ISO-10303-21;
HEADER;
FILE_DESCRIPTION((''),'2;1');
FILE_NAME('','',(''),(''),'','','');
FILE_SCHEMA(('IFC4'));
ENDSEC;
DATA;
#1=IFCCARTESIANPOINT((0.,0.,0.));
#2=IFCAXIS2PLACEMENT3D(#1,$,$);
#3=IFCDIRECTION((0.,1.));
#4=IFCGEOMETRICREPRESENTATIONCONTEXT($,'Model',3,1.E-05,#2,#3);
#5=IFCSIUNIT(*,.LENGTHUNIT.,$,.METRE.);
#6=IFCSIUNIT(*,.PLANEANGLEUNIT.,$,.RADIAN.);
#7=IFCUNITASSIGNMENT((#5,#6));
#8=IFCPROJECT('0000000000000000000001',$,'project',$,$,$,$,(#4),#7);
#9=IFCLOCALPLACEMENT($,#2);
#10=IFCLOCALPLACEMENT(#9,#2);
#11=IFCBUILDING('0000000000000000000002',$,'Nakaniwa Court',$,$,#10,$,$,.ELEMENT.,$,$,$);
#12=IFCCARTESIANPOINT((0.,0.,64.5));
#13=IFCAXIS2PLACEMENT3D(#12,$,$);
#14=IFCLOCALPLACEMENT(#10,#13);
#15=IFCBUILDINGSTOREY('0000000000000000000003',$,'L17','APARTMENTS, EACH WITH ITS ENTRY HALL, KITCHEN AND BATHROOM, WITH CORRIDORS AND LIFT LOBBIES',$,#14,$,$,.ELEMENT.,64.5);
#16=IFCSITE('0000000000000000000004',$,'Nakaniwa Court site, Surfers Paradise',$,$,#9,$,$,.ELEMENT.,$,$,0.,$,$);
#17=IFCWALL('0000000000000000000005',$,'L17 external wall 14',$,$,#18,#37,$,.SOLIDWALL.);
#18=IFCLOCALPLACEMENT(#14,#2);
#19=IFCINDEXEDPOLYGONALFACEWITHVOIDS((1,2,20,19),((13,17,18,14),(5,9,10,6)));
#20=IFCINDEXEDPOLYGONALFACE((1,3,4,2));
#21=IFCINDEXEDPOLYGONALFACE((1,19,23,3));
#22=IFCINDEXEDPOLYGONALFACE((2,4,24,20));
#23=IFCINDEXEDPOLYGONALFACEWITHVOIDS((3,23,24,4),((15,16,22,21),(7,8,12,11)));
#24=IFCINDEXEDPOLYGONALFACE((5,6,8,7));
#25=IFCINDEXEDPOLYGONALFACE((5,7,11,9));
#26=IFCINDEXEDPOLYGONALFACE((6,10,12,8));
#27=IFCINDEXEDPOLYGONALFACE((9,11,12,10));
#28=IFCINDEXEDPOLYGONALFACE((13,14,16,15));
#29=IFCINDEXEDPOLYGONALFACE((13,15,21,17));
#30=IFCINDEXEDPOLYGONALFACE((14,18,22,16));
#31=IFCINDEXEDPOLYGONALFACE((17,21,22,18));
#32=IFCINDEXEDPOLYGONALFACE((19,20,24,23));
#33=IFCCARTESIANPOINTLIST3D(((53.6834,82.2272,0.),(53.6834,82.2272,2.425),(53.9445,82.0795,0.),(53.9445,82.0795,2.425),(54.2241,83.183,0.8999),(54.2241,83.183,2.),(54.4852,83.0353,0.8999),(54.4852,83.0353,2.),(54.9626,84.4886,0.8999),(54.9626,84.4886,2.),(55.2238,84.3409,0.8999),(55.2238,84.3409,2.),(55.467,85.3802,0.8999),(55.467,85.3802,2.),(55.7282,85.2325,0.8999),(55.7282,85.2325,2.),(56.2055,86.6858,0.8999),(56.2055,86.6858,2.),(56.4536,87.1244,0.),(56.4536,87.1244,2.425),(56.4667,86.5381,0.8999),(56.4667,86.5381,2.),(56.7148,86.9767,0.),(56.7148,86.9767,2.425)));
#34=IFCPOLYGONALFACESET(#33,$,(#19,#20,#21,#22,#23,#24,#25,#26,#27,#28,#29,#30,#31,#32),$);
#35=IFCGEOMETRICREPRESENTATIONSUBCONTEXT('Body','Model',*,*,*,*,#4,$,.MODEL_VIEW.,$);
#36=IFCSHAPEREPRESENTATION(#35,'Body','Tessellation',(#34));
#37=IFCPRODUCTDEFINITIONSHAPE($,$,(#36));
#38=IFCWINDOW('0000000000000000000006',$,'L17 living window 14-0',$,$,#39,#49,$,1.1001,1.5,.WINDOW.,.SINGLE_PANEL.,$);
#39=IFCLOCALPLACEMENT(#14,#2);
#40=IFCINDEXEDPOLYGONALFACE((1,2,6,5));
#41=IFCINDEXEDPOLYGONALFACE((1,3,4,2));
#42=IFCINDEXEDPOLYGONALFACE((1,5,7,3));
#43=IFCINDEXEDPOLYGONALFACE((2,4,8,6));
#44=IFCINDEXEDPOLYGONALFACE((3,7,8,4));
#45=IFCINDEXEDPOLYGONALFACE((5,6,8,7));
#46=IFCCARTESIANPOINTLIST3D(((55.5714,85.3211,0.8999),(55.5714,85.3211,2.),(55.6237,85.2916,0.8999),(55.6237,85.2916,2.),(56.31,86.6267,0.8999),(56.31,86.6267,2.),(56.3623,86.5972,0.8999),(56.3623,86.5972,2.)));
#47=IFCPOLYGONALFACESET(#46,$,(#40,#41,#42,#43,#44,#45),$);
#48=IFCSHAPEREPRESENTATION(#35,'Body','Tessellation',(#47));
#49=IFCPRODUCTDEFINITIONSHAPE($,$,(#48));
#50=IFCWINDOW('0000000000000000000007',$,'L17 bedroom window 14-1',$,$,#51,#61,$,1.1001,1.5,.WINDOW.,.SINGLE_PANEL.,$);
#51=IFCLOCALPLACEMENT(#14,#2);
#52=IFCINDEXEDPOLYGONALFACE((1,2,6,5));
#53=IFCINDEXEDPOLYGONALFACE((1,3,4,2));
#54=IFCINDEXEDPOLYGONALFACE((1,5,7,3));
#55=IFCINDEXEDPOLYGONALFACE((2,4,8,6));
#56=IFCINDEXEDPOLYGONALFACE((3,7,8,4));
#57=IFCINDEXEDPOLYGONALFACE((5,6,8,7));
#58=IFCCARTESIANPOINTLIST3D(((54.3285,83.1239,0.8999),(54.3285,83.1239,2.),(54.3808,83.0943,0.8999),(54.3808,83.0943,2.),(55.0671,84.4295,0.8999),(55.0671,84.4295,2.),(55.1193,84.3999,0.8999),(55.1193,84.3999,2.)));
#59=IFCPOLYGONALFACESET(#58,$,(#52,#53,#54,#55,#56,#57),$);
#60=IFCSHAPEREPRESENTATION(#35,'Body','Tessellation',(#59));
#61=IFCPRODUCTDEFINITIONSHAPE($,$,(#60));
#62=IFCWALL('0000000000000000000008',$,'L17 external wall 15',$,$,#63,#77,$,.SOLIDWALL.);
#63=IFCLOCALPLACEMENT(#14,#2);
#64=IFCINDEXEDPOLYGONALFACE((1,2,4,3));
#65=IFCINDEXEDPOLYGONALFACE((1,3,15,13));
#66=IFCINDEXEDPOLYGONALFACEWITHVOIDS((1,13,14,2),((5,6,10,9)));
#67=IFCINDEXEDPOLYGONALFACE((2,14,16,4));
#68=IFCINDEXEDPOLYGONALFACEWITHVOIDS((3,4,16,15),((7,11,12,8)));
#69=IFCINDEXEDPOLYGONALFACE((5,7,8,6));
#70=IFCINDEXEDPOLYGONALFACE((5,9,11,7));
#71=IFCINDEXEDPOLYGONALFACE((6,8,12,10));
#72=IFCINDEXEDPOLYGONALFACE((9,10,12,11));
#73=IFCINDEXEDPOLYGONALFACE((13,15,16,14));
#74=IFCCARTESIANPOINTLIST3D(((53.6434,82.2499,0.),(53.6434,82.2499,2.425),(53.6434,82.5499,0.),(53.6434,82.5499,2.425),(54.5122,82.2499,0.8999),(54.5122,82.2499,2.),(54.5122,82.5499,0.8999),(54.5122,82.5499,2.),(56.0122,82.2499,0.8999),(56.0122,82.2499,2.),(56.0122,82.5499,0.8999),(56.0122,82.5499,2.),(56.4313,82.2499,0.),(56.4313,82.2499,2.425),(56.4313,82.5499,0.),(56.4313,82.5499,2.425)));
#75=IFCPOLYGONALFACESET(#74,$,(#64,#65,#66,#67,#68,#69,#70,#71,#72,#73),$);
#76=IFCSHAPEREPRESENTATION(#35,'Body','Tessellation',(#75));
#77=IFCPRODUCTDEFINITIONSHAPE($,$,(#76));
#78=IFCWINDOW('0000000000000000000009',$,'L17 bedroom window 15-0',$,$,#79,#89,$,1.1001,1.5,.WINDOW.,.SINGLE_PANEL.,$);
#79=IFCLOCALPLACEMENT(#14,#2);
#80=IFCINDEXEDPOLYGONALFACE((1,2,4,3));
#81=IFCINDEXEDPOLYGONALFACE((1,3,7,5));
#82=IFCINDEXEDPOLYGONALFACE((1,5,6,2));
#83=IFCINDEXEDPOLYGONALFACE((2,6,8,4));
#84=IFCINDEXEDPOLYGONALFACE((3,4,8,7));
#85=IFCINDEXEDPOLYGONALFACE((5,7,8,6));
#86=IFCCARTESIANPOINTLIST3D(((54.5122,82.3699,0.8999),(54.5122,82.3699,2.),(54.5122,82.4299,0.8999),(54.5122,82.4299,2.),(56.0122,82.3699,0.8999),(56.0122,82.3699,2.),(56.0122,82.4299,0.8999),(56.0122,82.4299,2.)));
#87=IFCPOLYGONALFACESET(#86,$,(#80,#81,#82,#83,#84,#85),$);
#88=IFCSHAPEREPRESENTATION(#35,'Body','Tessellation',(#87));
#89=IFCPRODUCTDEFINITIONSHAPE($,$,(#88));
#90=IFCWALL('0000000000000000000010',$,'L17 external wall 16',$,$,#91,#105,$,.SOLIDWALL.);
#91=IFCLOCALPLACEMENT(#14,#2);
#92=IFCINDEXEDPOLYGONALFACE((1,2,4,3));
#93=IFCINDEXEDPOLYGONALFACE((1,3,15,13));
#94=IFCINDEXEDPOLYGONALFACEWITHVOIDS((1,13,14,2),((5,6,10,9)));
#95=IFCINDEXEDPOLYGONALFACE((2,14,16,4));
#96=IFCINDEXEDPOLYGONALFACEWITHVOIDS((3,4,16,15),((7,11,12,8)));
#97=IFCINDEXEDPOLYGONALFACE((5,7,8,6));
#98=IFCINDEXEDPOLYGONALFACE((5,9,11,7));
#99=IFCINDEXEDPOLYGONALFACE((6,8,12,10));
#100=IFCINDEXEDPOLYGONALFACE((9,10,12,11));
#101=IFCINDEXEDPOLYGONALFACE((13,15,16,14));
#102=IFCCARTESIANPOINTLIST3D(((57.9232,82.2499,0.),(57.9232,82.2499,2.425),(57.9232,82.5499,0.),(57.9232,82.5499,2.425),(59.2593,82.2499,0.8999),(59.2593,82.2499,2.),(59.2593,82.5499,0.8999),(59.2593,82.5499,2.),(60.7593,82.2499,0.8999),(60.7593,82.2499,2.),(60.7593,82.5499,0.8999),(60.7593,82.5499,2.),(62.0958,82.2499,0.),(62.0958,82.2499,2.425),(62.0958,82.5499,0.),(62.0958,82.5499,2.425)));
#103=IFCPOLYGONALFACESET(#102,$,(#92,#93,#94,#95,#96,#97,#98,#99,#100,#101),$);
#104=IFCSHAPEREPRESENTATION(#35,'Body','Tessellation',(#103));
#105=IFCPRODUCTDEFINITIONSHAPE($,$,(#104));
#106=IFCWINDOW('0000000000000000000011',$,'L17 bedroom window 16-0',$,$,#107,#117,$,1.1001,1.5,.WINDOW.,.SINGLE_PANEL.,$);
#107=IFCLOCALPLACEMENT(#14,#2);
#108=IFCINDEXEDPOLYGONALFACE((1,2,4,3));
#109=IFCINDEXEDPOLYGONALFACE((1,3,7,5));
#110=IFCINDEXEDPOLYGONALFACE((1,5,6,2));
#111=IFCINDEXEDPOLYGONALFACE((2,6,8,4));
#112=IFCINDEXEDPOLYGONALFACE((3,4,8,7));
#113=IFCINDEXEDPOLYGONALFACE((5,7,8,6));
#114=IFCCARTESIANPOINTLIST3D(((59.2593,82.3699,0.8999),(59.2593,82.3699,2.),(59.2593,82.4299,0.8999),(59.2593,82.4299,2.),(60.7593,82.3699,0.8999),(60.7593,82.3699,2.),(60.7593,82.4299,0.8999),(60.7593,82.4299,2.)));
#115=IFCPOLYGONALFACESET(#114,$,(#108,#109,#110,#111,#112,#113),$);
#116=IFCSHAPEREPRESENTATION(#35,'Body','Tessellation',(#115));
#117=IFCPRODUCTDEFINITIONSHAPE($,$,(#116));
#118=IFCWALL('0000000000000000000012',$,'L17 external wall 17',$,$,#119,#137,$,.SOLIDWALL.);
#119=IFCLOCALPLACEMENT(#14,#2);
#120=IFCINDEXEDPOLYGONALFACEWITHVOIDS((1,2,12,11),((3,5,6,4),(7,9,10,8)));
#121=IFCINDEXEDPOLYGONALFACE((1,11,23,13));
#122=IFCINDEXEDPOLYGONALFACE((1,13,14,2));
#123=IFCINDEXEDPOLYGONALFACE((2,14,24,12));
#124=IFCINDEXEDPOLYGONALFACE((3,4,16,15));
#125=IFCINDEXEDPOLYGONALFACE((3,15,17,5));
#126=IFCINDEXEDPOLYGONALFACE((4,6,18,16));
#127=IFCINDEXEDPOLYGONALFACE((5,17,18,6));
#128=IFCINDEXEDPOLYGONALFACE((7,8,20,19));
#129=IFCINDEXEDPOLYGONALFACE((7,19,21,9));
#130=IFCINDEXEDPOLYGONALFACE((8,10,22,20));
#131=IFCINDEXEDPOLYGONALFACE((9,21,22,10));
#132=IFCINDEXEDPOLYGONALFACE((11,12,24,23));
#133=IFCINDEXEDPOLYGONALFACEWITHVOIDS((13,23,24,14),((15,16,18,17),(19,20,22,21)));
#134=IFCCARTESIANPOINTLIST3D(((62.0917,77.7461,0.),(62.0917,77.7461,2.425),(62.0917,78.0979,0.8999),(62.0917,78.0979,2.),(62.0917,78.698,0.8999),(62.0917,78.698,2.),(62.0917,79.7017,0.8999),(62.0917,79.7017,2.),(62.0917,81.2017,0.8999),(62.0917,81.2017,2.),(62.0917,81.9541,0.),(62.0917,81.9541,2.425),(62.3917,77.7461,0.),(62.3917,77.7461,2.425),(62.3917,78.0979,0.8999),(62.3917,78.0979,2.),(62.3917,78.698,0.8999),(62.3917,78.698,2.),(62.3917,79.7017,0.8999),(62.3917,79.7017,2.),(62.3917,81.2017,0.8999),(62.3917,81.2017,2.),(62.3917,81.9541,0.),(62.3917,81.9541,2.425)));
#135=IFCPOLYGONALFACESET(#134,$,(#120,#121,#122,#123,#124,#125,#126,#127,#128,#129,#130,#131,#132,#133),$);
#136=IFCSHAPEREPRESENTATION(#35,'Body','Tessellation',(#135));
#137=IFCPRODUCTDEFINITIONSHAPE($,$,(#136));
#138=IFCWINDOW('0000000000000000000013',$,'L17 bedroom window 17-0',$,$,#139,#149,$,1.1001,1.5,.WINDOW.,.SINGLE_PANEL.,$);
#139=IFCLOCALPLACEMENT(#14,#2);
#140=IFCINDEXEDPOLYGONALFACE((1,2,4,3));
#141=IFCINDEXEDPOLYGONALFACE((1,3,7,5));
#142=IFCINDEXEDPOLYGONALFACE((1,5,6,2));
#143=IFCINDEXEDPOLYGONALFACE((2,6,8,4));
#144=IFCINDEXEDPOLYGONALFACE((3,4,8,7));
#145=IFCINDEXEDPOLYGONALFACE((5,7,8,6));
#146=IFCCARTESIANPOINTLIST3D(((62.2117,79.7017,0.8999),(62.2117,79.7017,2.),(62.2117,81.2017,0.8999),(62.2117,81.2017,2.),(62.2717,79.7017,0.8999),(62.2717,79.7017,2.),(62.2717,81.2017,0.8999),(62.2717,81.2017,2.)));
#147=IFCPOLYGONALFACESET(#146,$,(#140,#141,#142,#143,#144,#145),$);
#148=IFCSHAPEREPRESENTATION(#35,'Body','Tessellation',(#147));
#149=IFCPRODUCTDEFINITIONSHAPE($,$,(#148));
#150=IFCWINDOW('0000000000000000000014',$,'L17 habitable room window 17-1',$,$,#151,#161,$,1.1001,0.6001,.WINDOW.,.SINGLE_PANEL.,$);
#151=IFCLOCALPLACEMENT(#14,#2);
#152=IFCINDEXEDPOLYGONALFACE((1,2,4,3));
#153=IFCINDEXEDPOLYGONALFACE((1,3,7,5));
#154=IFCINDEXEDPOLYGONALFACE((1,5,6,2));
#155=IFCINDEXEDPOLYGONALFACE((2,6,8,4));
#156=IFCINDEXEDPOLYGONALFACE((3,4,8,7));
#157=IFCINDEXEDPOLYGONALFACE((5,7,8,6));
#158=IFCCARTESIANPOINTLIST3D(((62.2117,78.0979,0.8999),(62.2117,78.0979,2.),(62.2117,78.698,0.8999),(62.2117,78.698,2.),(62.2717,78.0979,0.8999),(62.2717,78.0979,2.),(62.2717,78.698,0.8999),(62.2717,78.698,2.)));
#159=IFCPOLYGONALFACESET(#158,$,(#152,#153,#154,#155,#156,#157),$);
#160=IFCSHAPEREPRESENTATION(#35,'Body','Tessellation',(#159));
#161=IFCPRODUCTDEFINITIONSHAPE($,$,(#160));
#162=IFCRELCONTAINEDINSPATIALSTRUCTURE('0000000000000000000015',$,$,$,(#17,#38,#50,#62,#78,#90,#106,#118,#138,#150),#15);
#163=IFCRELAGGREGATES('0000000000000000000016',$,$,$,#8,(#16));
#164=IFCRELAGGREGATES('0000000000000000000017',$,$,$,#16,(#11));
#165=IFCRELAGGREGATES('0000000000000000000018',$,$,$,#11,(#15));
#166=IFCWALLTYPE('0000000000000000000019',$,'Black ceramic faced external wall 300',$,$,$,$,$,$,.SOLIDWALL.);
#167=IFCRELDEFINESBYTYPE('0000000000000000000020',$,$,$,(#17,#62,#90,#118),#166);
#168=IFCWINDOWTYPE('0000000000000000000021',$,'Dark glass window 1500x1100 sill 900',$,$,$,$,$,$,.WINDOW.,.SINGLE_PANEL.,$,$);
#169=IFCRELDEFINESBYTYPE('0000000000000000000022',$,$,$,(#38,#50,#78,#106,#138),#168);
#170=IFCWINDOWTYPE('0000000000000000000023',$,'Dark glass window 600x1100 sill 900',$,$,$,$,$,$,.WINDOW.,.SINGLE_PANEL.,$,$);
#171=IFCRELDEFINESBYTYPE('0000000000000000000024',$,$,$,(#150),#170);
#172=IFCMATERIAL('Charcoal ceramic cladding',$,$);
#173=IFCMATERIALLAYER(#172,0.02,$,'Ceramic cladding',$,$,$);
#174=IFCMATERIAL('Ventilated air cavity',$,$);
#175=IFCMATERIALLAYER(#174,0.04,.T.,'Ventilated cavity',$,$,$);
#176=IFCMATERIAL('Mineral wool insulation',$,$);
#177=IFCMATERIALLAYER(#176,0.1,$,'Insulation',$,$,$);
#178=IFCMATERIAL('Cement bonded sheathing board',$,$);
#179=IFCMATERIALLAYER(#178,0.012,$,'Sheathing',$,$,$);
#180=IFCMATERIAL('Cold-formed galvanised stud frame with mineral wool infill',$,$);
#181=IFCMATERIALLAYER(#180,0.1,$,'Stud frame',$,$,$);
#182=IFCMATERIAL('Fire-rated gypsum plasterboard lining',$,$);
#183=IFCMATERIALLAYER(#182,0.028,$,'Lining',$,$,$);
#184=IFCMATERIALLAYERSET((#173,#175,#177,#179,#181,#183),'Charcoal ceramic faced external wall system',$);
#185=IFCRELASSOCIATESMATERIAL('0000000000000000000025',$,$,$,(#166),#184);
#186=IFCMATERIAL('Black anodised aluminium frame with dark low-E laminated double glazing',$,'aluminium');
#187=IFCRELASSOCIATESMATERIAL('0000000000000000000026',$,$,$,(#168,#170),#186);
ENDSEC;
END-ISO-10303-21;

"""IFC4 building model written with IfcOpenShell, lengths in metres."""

from ifc_helpers import new_model, si_unit, direction, frame, frame_2d, origin, place, context, subcontext, project, spatial, rectangle, extrude, material, layer, layer_set, type_object, element, fill, save


model = new_model("IFC4")

# Units and contexts
model_context = context("Model", 3, precision=1e-05, world=origin(), true_north=direction((0.0, 1.0)))
body_context = subcontext(model_context, "Body", "Model", "MODEL_VIEW")
ifc_project = project(units=[si_unit("LENGTHUNIT", "METRE"), si_unit("PLANEANGLEUNIT", "RADIAN")], contexts=[model_context])

# Site, building, storey
site_placement = place(None, origin())
site = spatial("IfcSite", under=ifc_project, at=site_placement, Name="Nakaniwa Court site, Surfers Paradise", CompositionType="ELEMENT", RefElevation=0.0)
building_placement = place(site_placement, origin())
building = spatial("IfcBuilding", under=site, at=building_placement, Name="Nakaniwa Court", CompositionType="ELEMENT")
storey_placement = place(building_placement, frame((0.0, 0.0, 64.5)))
storey = spatial("IfcBuildingStorey", under=building, at=storey_placement, Name="L17", Description="APARTMENTS, EACH WITH ITS ENTRY HALL, KITCHEN AND BATHROOM, WITH CORRIDORS AND LIFT LOBBIES", CompositionType="ELEMENT", Elevation=64.5)

# Wall, openings, windows
ifc_material_1 = material(Name="Charcoal ceramic cladding")
ifc_layer_1 = layer(ifc_material_1, 0.02, Name="Ceramic cladding")
ifc_material_2 = material(Name="Ventilated air cavity")
ifc_layer_2 = layer(ifc_material_2, 0.04, ventilated=True, Name="Ventilated cavity")
ifc_material_3 = material(Name="Mineral wool insulation")
ifc_layer_3 = layer(ifc_material_3, 0.1, Name="Insulation")
ifc_material_4 = material(Name="Cement bonded sheathing board")
ifc_layer_4 = layer(ifc_material_4, 0.012, Name="Sheathing")
ifc_material_5 = material(Name="Cold-formed galvanised stud frame with mineral wool infill")
ifc_layer_5 = layer(ifc_material_5, 0.1, Name="Stud frame")
ifc_material_6 = material(Name="Fire-rated gypsum plasterboard lining")
ifc_layer_6 = layer(ifc_material_6, 0.028, Name="Lining")
ifc_layer_set_1 = layer_set([ifc_layer_1, ifc_layer_2, ifc_layer_3, ifc_layer_4, ifc_layer_5, ifc_layer_6], Name="Charcoal ceramic faced external wall system")
wall_type_1 = type_object("IfcWallType", Name="Black ceramic faced external wall 300", PredefinedType="SOLIDWALL", material=ifc_layer_set_1)
wall_1_placement = place(storey_placement, frame((56.5842, 87.0505, 0.0), z_axis=(0.0, 0.0, 1.0), x_axis=(-0.492363, -0.87039, 0.0)))
wall_1 = element("IfcWall", 1, at=wall_1_placement, inside=storey, type_object=wall_type_1, Name="L17 external wall 14", PredefinedType="SOLIDWALL", context=body_context, shape_type="SweptSolid", body=[
    extrude(rectangle(XDim=5.6265, YDim=0.3, at=frame_2d((2.8132, 0.0))), origin(), (0.0, 0.0, 1.0), 2.425),
])
opening_1_placement = place(wall_1_placement, frame((0.5039, 0.0, 0.8999)))
opening_1 = element("IfcOpeningElement", 2, at=opening_1_placement, cuts=wall_1, PredefinedType="OPENING", context=body_context, shape_type="SweptSolid", body=[
    extrude(rectangle(XDim=1.5, YDim=1.1001, at=frame_2d((0.75, 0.55))), frame((0.0, 0.1599, 0.0), z_axis=(0.0, -1.0, 0.0), x_axis=(1.0, 0.0, 0.0)), (0.0, 0.0, 1.0), 0.3201),
])
opening_2_placement = place(wall_1_placement, frame((3.0283, 0.0, 0.8999)))
opening_2 = element("IfcOpeningElement", 3, at=opening_2_placement, cuts=wall_1, PredefinedType="OPENING", context=body_context, shape_type="SweptSolid", body=[
    extrude(rectangle(XDim=1.5, YDim=1.1001, at=frame_2d((0.75, 0.55))), frame((0.0, 0.1599, 0.0), z_axis=(0.0, -1.0, 0.0), x_axis=(1.0, 0.0, 0.0)), (0.0, 0.0, 1.0), 0.3201),
])
ifc_material_7 = material(Name="Black anodised aluminium frame with dark low-E laminated double glazing", Category="aluminium")
window_type_1 = type_object("IfcWindowType", Name="Dark glass window 1500x1100 sill 900", PartitioningType="SINGLE_PANEL", PredefinedType="WINDOW", material=ifc_material_7)
window_1_placement = place(opening_1_placement, origin())
window_1 = element("IfcWindow", 4, at=window_1_placement, inside=storey, type_object=window_type_1, Name="L17 living window 14-0", OverallHeight=1.1001, OverallWidth=1.5, PartitioningType="SINGLE_PANEL", PredefinedType="WINDOW", context=body_context, shape_type="SweptSolid", body=[
    extrude(rectangle(XDim=1.5, YDim=1.1001, at=frame_2d((0.75, 0.55))), frame((0.0, 0.03, 0.0), z_axis=(0.0, -1.0, 0.0), x_axis=(1.0, 0.0, 0.0)), (0.0, 0.0, 1.0), 0.0601),
])
fill(opening_1, window_1)
window_2_placement = place(opening_2_placement, origin())
window_2 = element("IfcWindow", 5, at=window_2_placement, inside=storey, type_object=window_type_1, Name="L17 bedroom window 14-1", OverallHeight=1.1001, OverallWidth=1.5, PartitioningType="SINGLE_PANEL", PredefinedType="WINDOW", context=body_context, shape_type="SweptSolid", body=[
    extrude(rectangle(XDim=1.5, YDim=1.1001, at=frame_2d((0.75, 0.55))), frame((0.0, 0.03, 0.0), z_axis=(0.0, -1.0, 0.0), x_axis=(1.0, 0.0, 0.0)), (0.0, 0.0, 1.0), 0.0601),
])
fill(opening_2, window_2)

# Walls, openings, windows
wall_2_placement = place(storey_placement, frame((53.6433, 82.3999, 0.0), z_axis=(0.0, 0.0, 1.0), x_axis=(1.0, 0.0, 0.0)))
wall_2 = element("IfcWall", 6, at=wall_2_placement, inside=storey, type_object=wall_type_1, Name="L17 external wall 15", PredefinedType="SOLIDWALL", context=body_context, shape_type="SweptSolid", body=[
    extrude(rectangle(XDim=2.7878, YDim=0.3, at=frame_2d((1.394, 0.0))), origin(), (0.0, 0.0, 1.0), 2.425),
])
opening_3_placement = place(wall_2_placement, frame((0.8689, 0.0, 0.8999)))
opening_3 = element("IfcOpeningElement", 7, at=opening_3_placement, cuts=wall_2, PredefinedType="OPENING", context=body_context, shape_type="SweptSolid", body=[
    extrude(rectangle(XDim=1.5, YDim=1.1001, at=frame_2d((0.75, 0.55))), frame((0.0, 0.1599, 0.0), z_axis=(0.0, -1.0, 0.0), x_axis=(1.0, 0.0, 0.0)), (0.0, 0.0, 1.0), 0.3201),
])
window_3_placement = place(opening_3_placement, origin())
window_3 = element("IfcWindow", 8, at=window_3_placement, inside=storey, type_object=window_type_1, Name="L17 bedroom window 15-0", OverallHeight=1.1001, OverallWidth=1.5, PartitioningType="SINGLE_PANEL", PredefinedType="WINDOW", context=body_context, shape_type="SweptSolid", body=[
    extrude(rectangle(XDim=1.5, YDim=1.1001, at=frame_2d((0.75, 0.55))), frame((0.0, 0.03, 0.0), z_axis=(0.0, -1.0, 0.0), x_axis=(1.0, 0.0, 0.0)), (0.0, 0.0, 1.0), 0.0601),
])
fill(opening_3, window_3)
wall_3_placement = place(storey_placement, frame((57.9231, 82.3999, 0.0), z_axis=(0.0, 0.0, 1.0), x_axis=(1.0, 0.0, 0.0)))
wall_3 = element("IfcWall", 9, at=wall_3_placement, inside=storey, type_object=wall_type_1, Name="L17 external wall 16", PredefinedType="SOLIDWALL", context=body_context, shape_type="SweptSolid", body=[
    extrude(rectangle(XDim=4.1726, YDim=0.3, at=frame_2d((2.0864, 0.0))), origin(), (0.0, 0.0, 1.0), 2.425),
])
opening_4_placement = place(wall_3_placement, frame((1.3362, 0.0, 0.8999)))
opening_4 = element("IfcOpeningElement", 10, at=opening_4_placement, cuts=wall_3, PredefinedType="OPENING", context=body_context, shape_type="SweptSolid", body=[
    extrude(rectangle(XDim=1.5, YDim=1.1001, at=frame_2d((0.75, 0.55))), frame((0.0, 0.1599, 0.0), z_axis=(0.0, -1.0, 0.0), x_axis=(1.0, 0.0, 0.0)), (0.0, 0.0, 1.0), 0.3201),
])
window_4_placement = place(opening_4_placement, origin())
window_4 = element("IfcWindow", 11, at=window_4_placement, inside=storey, type_object=window_type_1, Name="L17 bedroom window 16-0", OverallHeight=1.1001, OverallWidth=1.5, PartitioningType="SINGLE_PANEL", PredefinedType="WINDOW", context=body_context, shape_type="SweptSolid", body=[
    extrude(rectangle(XDim=1.5, YDim=1.1001, at=frame_2d((0.75, 0.55))), frame((0.0, 0.03, 0.0), z_axis=(0.0, -1.0, 0.0), x_axis=(1.0, 0.0, 0.0)), (0.0, 0.0, 1.0), 0.0601),
])
fill(opening_4, window_4)

# Wall, openings, windows
wall_4_placement = place(storey_placement, frame((62.2417, 81.9541, 0.0), z_axis=(0.0, 0.0, 1.0), x_axis=(0.0, -1.0, 0.0)))
wall_4 = element("IfcWall", 12, at=wall_4_placement, inside=storey, type_object=wall_type_1, Name="L17 external wall 17", PredefinedType="SOLIDWALL", context=body_context, shape_type="SweptSolid", body=[
    extrude(rectangle(XDim=4.208, YDim=0.3, at=frame_2d((2.104, 0.0))), origin(), (0.0, 0.0, 1.0), 2.425),
])
opening_5_placement = place(wall_4_placement, frame((0.7524, 0.0, 0.8999)))
opening_5 = element("IfcOpeningElement", 13, at=opening_5_placement, cuts=wall_4, PredefinedType="OPENING", context=body_context, shape_type="SweptSolid", body=[
    extrude(rectangle(XDim=1.5, YDim=1.1001, at=frame_2d((0.75, 0.55))), frame((0.0, 0.1599, 0.0), z_axis=(0.0, -1.0, 0.0), x_axis=(1.0, 0.0, 0.0)), (0.0, 0.0, 1.0), 0.3201),
])
opening_6_placement = place(wall_4_placement, frame((3.2561, 0.0, 0.8999)))
opening_6 = element("IfcOpeningElement", 14, at=opening_6_placement, cuts=wall_4, PredefinedType="OPENING", context=body_context, shape_type="SweptSolid", body=[
    extrude(rectangle(XDim=0.6001, YDim=1.1001, at=frame_2d((0.3, 0.55))), frame((0.0, 0.1599, 0.0), z_axis=(0.0, -1.0, 0.0), x_axis=(1.0, 0.0, 0.0)), (0.0, 0.0, 1.0), 0.3201),
])
window_5_placement = place(opening_5_placement, origin())
window_5 = element("IfcWindow", 15, at=window_5_placement, inside=storey, type_object=window_type_1, Name="L17 bedroom window 17-0", OverallHeight=1.1001, OverallWidth=1.5, PartitioningType="SINGLE_PANEL", PredefinedType="WINDOW", context=body_context, shape_type="SweptSolid", body=[
    extrude(rectangle(XDim=1.5, YDim=1.1001, at=frame_2d((0.75, 0.55))), frame((0.0, 0.03, 0.0), z_axis=(0.0, -1.0, 0.0), x_axis=(1.0, 0.0, 0.0)), (0.0, 0.0, 1.0), 0.0601),
])
fill(opening_5, window_5)
window_type_2 = type_object("IfcWindowType", Name="Dark glass window 600x1100 sill 900", PartitioningType="SINGLE_PANEL", PredefinedType="WINDOW", material=ifc_material_7)
window_6_placement = place(opening_6_placement, origin())
window_6 = element("IfcWindow", 16, at=window_6_placement, inside=storey, type_object=window_type_2, Name="L17 habitable room window 17-1", OverallHeight=1.1001, OverallWidth=0.6001, PartitioningType="SINGLE_PANEL", PredefinedType="WINDOW", context=body_context, shape_type="SweptSolid", body=[
    extrude(rectangle(XDim=0.6001, YDim=1.1001, at=frame_2d((0.3, 0.55))), frame((0.0, 0.03, 0.0), z_axis=(0.0, -1.0, 0.0), x_axis=(1.0, 0.0, 0.0)), (0.0, 0.0, 1.0), 0.0601),
])
fill(opening_6, window_6)

save(model, "model.ifc")
